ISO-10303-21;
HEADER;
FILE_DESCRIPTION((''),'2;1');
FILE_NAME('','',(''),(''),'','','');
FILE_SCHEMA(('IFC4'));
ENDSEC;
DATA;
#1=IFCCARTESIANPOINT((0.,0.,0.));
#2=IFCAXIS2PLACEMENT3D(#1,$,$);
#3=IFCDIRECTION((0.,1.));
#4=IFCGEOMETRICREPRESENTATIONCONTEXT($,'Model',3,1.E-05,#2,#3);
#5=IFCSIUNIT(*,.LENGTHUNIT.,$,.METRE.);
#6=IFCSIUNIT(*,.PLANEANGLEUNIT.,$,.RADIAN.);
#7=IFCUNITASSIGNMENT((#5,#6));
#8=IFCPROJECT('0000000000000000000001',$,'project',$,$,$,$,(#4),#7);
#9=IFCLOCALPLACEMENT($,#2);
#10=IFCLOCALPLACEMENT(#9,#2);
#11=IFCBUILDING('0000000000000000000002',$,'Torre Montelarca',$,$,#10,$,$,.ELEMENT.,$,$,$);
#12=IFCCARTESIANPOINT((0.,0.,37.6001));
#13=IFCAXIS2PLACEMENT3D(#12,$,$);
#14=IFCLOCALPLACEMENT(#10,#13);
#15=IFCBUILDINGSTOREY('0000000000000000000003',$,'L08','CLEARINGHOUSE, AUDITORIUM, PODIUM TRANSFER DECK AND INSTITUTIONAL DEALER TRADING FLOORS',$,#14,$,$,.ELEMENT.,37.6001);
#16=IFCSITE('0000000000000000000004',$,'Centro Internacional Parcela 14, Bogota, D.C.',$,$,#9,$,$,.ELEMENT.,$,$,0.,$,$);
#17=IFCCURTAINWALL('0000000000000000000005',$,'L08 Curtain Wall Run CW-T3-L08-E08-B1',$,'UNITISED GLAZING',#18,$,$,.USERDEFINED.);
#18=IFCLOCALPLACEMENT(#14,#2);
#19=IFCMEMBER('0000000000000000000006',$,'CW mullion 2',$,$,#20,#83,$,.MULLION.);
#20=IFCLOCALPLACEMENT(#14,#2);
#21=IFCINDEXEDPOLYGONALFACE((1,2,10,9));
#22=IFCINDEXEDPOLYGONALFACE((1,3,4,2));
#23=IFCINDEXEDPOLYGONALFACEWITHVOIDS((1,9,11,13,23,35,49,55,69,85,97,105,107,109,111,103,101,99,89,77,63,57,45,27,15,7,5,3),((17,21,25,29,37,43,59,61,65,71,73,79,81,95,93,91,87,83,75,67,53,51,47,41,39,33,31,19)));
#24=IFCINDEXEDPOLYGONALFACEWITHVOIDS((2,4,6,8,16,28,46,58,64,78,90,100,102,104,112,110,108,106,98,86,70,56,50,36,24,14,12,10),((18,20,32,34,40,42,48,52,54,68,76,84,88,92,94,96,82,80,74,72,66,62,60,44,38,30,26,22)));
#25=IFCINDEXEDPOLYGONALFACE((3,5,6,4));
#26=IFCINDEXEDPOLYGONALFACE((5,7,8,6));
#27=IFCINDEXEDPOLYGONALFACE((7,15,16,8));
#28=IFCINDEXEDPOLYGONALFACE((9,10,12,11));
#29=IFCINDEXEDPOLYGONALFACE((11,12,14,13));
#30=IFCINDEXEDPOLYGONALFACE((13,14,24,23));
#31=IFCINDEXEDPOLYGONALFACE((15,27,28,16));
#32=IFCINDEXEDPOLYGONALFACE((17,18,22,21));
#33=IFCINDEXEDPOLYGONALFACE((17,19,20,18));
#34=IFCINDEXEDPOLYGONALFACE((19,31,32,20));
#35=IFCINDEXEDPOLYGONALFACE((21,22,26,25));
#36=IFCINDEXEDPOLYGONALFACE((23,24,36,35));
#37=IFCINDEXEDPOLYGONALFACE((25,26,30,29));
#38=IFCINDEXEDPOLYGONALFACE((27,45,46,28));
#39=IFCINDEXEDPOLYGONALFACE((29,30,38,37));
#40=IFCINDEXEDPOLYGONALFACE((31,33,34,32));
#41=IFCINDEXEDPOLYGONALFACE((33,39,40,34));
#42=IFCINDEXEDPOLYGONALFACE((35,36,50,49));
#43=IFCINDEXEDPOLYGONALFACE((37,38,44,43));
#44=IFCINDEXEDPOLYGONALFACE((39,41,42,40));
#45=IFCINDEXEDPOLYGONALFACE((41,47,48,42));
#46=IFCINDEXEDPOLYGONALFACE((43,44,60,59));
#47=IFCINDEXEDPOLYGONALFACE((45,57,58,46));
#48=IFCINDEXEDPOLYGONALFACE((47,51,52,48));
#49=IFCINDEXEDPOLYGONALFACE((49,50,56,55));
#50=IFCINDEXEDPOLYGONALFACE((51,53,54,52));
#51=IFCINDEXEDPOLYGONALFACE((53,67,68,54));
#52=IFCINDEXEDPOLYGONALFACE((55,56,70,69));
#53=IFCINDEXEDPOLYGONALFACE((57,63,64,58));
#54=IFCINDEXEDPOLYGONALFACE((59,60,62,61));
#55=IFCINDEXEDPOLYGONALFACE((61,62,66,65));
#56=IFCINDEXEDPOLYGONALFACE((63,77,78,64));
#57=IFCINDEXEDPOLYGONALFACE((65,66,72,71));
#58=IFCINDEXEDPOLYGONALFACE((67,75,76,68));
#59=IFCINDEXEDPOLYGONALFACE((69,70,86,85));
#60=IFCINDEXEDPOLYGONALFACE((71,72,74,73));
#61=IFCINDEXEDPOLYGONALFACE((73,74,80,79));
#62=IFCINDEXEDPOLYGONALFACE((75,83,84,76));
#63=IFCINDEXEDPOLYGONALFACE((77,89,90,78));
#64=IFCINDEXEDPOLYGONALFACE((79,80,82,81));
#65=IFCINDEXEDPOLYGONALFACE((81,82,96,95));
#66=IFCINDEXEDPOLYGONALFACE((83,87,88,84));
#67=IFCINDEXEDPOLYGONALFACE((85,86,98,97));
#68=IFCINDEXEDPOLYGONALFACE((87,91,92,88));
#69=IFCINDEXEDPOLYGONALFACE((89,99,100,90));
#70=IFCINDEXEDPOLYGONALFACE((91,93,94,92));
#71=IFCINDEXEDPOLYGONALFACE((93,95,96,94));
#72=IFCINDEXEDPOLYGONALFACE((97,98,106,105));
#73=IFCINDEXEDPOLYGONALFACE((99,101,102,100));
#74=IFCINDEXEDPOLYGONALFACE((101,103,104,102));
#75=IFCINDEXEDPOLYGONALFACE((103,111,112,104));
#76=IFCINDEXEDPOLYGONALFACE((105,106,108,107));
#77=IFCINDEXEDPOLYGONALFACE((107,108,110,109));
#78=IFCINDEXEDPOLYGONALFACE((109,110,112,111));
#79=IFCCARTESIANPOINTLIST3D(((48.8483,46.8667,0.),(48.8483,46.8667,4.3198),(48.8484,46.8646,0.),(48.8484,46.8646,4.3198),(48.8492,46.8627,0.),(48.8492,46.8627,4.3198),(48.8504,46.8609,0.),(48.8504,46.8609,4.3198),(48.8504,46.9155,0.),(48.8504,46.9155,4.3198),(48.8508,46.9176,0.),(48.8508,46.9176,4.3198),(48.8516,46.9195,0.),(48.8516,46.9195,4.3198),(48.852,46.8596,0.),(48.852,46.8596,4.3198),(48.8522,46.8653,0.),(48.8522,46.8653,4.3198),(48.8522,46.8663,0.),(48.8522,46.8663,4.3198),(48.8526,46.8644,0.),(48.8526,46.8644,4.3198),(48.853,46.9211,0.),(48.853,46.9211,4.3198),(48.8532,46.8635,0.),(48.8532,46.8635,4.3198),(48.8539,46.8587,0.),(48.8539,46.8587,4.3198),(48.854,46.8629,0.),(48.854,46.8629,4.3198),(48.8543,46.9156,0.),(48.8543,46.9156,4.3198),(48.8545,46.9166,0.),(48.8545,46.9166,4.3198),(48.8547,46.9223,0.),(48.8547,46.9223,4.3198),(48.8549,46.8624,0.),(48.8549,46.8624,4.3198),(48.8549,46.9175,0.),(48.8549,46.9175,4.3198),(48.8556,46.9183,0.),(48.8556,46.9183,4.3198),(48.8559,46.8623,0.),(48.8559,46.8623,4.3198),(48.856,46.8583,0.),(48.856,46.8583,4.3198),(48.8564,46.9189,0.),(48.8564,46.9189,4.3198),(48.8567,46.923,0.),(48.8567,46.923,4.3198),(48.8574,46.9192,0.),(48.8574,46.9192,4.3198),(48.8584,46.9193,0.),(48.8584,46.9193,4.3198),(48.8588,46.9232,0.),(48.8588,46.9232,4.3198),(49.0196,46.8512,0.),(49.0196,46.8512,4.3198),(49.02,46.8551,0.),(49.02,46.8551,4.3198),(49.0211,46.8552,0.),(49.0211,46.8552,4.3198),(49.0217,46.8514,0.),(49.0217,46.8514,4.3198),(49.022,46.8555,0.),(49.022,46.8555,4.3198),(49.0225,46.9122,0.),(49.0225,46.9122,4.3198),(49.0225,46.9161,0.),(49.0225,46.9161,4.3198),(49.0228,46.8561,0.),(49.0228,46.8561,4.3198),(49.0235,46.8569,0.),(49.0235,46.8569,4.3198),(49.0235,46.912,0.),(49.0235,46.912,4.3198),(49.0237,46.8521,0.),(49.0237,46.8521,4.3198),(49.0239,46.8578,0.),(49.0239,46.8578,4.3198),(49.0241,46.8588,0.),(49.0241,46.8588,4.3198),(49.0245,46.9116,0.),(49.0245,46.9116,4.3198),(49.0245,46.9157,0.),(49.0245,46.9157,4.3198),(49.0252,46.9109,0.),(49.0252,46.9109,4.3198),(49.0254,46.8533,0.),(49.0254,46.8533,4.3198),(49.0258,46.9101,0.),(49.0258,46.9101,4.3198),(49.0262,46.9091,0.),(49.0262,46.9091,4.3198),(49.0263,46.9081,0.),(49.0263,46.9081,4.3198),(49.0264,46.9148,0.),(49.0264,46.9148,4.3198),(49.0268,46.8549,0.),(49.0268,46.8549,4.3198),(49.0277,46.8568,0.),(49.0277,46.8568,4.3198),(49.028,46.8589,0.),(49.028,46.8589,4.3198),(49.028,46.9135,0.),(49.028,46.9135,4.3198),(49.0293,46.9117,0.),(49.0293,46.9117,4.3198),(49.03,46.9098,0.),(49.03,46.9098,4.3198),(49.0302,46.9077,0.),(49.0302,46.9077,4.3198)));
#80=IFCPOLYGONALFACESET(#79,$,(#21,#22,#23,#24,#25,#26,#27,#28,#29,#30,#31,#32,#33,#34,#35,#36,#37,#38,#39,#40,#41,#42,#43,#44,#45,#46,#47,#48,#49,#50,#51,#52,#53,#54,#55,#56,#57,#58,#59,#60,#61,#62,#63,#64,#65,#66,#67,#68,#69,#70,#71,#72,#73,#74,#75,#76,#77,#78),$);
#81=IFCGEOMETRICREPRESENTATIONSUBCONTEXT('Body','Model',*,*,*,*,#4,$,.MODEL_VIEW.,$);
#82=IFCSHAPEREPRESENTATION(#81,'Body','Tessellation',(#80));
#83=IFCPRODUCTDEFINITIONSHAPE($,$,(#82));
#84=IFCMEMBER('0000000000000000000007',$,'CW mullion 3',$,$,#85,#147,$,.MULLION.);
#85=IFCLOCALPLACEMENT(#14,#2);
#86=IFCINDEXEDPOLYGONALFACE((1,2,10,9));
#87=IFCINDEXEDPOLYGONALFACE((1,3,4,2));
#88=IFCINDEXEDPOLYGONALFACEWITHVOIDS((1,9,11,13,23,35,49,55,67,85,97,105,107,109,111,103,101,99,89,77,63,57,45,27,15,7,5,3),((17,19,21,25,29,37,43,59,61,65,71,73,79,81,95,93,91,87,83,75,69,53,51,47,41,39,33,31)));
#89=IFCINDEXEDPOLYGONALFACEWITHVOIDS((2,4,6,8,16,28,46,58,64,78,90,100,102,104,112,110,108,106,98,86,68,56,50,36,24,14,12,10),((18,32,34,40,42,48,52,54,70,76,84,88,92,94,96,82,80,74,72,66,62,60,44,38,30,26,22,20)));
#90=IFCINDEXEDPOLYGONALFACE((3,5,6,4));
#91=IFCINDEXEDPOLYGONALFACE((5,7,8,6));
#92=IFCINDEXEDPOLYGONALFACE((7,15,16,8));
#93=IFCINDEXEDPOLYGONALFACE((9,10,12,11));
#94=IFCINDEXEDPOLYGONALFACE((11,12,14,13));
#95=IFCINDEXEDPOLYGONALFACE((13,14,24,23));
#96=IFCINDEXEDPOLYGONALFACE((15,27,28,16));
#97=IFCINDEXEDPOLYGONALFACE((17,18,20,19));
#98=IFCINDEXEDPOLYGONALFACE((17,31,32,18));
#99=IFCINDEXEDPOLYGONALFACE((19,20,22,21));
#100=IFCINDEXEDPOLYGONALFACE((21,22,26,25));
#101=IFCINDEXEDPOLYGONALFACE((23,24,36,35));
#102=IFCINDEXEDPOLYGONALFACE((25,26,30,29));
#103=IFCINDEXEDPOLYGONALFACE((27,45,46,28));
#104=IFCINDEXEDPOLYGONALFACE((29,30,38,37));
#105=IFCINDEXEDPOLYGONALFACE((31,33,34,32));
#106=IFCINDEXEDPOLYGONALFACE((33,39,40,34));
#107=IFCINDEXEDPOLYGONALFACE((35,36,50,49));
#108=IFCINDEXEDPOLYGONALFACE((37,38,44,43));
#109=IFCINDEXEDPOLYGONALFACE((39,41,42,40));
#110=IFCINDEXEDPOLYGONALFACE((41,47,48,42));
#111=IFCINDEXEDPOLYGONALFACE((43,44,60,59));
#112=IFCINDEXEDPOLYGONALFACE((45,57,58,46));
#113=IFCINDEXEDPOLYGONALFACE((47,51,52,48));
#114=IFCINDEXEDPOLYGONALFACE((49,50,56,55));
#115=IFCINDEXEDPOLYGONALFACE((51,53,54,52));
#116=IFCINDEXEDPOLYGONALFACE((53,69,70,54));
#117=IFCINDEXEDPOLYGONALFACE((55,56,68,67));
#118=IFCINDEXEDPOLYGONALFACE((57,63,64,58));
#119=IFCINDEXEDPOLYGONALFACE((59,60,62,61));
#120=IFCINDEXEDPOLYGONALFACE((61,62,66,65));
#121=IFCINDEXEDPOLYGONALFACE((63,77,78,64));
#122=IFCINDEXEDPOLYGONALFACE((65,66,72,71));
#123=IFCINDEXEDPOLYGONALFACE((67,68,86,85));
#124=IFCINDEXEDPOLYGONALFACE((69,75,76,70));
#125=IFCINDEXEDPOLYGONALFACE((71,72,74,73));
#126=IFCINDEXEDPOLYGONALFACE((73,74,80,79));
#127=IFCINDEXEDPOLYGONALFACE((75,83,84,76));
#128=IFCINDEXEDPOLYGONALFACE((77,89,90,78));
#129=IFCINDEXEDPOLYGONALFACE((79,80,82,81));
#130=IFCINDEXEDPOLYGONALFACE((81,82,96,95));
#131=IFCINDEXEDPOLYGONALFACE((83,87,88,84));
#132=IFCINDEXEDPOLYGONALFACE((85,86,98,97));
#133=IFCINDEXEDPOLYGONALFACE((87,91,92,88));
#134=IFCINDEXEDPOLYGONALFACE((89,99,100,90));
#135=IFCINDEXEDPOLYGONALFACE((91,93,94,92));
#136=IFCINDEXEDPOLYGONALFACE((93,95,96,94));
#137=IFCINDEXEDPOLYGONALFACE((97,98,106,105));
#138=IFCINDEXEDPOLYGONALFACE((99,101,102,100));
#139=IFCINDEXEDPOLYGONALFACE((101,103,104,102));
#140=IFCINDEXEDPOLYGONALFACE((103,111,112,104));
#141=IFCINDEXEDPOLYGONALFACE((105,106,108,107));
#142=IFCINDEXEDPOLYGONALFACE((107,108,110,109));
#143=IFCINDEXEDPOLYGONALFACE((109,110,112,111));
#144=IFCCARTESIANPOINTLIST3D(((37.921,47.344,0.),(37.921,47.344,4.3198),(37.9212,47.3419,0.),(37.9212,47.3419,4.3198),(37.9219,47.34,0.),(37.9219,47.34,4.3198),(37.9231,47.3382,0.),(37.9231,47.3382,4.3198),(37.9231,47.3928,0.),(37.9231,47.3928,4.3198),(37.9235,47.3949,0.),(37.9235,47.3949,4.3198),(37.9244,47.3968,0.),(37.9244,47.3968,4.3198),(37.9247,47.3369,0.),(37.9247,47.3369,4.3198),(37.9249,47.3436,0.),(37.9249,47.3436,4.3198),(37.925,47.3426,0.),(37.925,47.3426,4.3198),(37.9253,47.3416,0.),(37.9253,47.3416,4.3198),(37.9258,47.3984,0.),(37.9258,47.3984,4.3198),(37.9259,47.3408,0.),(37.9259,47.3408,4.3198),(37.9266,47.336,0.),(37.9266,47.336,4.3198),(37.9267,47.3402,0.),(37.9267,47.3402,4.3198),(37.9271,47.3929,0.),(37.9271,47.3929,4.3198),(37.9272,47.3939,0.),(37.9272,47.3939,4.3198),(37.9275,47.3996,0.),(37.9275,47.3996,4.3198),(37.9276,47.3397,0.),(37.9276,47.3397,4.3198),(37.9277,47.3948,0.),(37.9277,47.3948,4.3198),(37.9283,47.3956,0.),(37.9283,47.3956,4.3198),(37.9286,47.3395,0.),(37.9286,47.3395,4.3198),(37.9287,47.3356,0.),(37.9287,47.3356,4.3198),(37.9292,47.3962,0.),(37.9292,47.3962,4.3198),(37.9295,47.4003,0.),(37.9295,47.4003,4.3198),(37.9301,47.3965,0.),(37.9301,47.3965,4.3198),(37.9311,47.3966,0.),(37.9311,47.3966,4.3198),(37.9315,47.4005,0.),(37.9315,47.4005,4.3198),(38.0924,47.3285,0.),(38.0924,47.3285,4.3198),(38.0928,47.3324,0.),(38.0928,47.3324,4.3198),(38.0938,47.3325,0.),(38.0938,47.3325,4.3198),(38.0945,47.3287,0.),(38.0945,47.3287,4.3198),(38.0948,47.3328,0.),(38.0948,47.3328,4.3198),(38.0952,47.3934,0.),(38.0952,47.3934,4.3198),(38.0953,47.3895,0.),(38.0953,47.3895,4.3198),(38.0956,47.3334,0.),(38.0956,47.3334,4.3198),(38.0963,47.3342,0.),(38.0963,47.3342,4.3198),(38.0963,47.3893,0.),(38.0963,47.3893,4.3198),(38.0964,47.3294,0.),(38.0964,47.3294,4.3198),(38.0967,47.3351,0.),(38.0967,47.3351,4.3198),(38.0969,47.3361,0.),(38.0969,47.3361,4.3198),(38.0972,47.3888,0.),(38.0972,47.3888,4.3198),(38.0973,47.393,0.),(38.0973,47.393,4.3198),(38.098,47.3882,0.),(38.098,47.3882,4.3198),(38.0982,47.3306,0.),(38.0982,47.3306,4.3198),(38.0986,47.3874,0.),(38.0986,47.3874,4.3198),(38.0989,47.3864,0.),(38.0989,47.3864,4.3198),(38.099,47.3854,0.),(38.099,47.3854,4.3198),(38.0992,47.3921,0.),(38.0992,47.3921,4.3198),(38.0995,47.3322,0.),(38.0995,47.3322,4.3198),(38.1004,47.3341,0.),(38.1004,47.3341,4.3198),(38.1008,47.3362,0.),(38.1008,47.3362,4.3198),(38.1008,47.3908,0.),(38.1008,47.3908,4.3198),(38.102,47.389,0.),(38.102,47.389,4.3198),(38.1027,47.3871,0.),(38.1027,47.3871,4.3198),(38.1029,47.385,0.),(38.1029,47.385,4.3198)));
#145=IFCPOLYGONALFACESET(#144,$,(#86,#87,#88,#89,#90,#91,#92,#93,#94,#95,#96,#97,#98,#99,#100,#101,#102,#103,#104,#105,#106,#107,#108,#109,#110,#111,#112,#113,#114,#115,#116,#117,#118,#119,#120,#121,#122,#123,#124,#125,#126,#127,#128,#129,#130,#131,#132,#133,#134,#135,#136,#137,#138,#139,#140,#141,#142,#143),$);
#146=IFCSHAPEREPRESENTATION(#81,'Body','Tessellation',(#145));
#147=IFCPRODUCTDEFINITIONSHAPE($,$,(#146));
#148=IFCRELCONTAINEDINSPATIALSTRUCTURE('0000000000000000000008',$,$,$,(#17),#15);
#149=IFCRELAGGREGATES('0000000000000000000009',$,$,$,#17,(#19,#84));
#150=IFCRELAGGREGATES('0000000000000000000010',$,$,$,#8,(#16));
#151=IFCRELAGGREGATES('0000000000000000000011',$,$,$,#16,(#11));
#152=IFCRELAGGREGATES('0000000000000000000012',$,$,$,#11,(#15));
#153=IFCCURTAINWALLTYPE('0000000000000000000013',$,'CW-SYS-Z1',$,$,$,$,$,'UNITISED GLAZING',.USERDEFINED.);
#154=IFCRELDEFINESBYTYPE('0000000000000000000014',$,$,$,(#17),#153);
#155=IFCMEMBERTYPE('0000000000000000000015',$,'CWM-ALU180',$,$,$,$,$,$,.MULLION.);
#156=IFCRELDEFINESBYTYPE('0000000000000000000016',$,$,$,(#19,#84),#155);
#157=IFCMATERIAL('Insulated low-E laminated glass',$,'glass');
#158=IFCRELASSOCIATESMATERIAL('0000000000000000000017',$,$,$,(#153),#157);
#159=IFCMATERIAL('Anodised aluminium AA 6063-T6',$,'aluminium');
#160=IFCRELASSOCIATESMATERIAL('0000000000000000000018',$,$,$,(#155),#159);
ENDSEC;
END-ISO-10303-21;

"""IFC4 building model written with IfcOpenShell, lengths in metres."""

from ifc_helpers import new_model, si_unit, direction, frame, origin, origin_2d, place, context, subcontext, project, spatial, hollow_rectangle, extrude, source, transform, mapped, material, material_profile, profile_set, type_object, element, aggregate, save


model = new_model("IFC4")

# Units and contexts
model_context = context("Model", 3, precision=1e-05, world=origin(), true_north=direction((0.0, 1.0)))
body_context = subcontext(model_context, "Body", "Model", "MODEL_VIEW")
ifc_project = project(units=[si_unit("LENGTHUNIT", "METRE"), si_unit("PLANEANGLEUNIT", "RADIAN")], contexts=[model_context])

# Site, building, storey
site_placement = place(None, origin())
site = spatial("IfcSite", under=ifc_project, at=site_placement, Name="Centro Internacional Parcela 14, Bogota, D.C.", CompositionType="ELEMENT", RefElevation=0.0)
building_placement = place(site_placement, origin())
building = spatial("IfcBuilding", under=site, at=building_placement, Name="Torre Montelarca", CompositionType="ELEMENT")
storey_placement = place(building_placement, frame((0.0, 0.0, 37.6001)))
storey = spatial("IfcBuildingStorey", under=building, at=storey_placement, Name="L08", Description="CLEARINGHOUSE, AUDITORIUM, PODIUM TRANSFER DECK AND INSTITUTIONAL DEALER TRADING FLOORS", CompositionType="ELEMENT", Elevation=37.6001)

# Curtain wall, members
ifc_material_1 = material(Name="Insulated low-E laminated glass", Category="glass")
curtain_wall_type = type_object("IfcCurtainWallType", Name="CW-SYS-Z1", ElementType="UNITISED GLAZING", PredefinedType="USERDEFINED", material=ifc_material_1)
ifc_material_2 = material(Name="Anodised aluminium AA 6063-T6", Category="aluminium")
ifc_material_profile_1 = material_profile(ifc_material_2, hollow_rectangle(XDim=0.0649, YDim=0.1799, WallThickness=0.0039, InnerFilletRadius=0.0039, OuterFilletRadius=0.0081, at=origin_2d()), Name="ALU65X180X4", Category="aluminium")
ifc_profile_set_1 = profile_set([ifc_material_profile_1], Name="Anodised aluminium AA 6063-T6")
member_type_1 = type_object("IfcMemberType", Name="CWM-ALU180", PredefinedType="MULLION", material=ifc_profile_set_1)
shared_shape_1 = source(origin(), body_context, "Body", "SweptSolid", [
    extrude(hollow_rectangle(XDim=0.0649, YDim=0.1799, WallThickness=0.0039, InnerFilletRadius=0.0039, OuterFilletRadius=0.0081, at=origin_2d()), origin(), (0.0, 0.0, 1.0), 4.3198),
])
curtain_wall_1_placement = place(storey_placement, origin())
curtain_wall_1 = element("IfcCurtainWall", 1, at=curtain_wall_1_placement, inside=storey, type_object=curtain_wall_type, Name="L08 Curtain Wall Run CW-T3-L08-E08-B1", ObjectType="UNITISED GLAZING", PredefinedType="USERDEFINED")
member_1_placement = place(storey_placement, frame((48.9392, 46.8872, 0.0), z_axis=(0.0, 0.0, 1.0), x_axis=(-0.043618, -0.999048, 0.0)))
member_1 = element("IfcMember", 2, at=member_1_placement, type_object=member_type_1, Name="CW mullion 2", PredefinedType="MULLION", context=body_context, shape_type="MappedRepresentation", body=[
    mapped(shared_shape_1, transform((0.0, 0.0, 0.0), scale=1.0)),
])
member_2_placement = place(storey_placement, frame((38.012, 47.3645, 0.0), z_axis=(0.0, 0.0, 1.0), x_axis=(-0.043618, -0.999048, 0.0)))
member_2 = element("IfcMember", 3, at=member_2_placement, type_object=member_type_1, Name="CW mullion 3", PredefinedType="MULLION", context=body_context, shape_type="MappedRepresentation", body=[
    mapped(shared_shape_1, transform((0.0, 0.0, 0.0), scale=1.0)),
])

aggregate(curtain_wall_1, [member_1, member_2])

save(model, "model.ifc")
